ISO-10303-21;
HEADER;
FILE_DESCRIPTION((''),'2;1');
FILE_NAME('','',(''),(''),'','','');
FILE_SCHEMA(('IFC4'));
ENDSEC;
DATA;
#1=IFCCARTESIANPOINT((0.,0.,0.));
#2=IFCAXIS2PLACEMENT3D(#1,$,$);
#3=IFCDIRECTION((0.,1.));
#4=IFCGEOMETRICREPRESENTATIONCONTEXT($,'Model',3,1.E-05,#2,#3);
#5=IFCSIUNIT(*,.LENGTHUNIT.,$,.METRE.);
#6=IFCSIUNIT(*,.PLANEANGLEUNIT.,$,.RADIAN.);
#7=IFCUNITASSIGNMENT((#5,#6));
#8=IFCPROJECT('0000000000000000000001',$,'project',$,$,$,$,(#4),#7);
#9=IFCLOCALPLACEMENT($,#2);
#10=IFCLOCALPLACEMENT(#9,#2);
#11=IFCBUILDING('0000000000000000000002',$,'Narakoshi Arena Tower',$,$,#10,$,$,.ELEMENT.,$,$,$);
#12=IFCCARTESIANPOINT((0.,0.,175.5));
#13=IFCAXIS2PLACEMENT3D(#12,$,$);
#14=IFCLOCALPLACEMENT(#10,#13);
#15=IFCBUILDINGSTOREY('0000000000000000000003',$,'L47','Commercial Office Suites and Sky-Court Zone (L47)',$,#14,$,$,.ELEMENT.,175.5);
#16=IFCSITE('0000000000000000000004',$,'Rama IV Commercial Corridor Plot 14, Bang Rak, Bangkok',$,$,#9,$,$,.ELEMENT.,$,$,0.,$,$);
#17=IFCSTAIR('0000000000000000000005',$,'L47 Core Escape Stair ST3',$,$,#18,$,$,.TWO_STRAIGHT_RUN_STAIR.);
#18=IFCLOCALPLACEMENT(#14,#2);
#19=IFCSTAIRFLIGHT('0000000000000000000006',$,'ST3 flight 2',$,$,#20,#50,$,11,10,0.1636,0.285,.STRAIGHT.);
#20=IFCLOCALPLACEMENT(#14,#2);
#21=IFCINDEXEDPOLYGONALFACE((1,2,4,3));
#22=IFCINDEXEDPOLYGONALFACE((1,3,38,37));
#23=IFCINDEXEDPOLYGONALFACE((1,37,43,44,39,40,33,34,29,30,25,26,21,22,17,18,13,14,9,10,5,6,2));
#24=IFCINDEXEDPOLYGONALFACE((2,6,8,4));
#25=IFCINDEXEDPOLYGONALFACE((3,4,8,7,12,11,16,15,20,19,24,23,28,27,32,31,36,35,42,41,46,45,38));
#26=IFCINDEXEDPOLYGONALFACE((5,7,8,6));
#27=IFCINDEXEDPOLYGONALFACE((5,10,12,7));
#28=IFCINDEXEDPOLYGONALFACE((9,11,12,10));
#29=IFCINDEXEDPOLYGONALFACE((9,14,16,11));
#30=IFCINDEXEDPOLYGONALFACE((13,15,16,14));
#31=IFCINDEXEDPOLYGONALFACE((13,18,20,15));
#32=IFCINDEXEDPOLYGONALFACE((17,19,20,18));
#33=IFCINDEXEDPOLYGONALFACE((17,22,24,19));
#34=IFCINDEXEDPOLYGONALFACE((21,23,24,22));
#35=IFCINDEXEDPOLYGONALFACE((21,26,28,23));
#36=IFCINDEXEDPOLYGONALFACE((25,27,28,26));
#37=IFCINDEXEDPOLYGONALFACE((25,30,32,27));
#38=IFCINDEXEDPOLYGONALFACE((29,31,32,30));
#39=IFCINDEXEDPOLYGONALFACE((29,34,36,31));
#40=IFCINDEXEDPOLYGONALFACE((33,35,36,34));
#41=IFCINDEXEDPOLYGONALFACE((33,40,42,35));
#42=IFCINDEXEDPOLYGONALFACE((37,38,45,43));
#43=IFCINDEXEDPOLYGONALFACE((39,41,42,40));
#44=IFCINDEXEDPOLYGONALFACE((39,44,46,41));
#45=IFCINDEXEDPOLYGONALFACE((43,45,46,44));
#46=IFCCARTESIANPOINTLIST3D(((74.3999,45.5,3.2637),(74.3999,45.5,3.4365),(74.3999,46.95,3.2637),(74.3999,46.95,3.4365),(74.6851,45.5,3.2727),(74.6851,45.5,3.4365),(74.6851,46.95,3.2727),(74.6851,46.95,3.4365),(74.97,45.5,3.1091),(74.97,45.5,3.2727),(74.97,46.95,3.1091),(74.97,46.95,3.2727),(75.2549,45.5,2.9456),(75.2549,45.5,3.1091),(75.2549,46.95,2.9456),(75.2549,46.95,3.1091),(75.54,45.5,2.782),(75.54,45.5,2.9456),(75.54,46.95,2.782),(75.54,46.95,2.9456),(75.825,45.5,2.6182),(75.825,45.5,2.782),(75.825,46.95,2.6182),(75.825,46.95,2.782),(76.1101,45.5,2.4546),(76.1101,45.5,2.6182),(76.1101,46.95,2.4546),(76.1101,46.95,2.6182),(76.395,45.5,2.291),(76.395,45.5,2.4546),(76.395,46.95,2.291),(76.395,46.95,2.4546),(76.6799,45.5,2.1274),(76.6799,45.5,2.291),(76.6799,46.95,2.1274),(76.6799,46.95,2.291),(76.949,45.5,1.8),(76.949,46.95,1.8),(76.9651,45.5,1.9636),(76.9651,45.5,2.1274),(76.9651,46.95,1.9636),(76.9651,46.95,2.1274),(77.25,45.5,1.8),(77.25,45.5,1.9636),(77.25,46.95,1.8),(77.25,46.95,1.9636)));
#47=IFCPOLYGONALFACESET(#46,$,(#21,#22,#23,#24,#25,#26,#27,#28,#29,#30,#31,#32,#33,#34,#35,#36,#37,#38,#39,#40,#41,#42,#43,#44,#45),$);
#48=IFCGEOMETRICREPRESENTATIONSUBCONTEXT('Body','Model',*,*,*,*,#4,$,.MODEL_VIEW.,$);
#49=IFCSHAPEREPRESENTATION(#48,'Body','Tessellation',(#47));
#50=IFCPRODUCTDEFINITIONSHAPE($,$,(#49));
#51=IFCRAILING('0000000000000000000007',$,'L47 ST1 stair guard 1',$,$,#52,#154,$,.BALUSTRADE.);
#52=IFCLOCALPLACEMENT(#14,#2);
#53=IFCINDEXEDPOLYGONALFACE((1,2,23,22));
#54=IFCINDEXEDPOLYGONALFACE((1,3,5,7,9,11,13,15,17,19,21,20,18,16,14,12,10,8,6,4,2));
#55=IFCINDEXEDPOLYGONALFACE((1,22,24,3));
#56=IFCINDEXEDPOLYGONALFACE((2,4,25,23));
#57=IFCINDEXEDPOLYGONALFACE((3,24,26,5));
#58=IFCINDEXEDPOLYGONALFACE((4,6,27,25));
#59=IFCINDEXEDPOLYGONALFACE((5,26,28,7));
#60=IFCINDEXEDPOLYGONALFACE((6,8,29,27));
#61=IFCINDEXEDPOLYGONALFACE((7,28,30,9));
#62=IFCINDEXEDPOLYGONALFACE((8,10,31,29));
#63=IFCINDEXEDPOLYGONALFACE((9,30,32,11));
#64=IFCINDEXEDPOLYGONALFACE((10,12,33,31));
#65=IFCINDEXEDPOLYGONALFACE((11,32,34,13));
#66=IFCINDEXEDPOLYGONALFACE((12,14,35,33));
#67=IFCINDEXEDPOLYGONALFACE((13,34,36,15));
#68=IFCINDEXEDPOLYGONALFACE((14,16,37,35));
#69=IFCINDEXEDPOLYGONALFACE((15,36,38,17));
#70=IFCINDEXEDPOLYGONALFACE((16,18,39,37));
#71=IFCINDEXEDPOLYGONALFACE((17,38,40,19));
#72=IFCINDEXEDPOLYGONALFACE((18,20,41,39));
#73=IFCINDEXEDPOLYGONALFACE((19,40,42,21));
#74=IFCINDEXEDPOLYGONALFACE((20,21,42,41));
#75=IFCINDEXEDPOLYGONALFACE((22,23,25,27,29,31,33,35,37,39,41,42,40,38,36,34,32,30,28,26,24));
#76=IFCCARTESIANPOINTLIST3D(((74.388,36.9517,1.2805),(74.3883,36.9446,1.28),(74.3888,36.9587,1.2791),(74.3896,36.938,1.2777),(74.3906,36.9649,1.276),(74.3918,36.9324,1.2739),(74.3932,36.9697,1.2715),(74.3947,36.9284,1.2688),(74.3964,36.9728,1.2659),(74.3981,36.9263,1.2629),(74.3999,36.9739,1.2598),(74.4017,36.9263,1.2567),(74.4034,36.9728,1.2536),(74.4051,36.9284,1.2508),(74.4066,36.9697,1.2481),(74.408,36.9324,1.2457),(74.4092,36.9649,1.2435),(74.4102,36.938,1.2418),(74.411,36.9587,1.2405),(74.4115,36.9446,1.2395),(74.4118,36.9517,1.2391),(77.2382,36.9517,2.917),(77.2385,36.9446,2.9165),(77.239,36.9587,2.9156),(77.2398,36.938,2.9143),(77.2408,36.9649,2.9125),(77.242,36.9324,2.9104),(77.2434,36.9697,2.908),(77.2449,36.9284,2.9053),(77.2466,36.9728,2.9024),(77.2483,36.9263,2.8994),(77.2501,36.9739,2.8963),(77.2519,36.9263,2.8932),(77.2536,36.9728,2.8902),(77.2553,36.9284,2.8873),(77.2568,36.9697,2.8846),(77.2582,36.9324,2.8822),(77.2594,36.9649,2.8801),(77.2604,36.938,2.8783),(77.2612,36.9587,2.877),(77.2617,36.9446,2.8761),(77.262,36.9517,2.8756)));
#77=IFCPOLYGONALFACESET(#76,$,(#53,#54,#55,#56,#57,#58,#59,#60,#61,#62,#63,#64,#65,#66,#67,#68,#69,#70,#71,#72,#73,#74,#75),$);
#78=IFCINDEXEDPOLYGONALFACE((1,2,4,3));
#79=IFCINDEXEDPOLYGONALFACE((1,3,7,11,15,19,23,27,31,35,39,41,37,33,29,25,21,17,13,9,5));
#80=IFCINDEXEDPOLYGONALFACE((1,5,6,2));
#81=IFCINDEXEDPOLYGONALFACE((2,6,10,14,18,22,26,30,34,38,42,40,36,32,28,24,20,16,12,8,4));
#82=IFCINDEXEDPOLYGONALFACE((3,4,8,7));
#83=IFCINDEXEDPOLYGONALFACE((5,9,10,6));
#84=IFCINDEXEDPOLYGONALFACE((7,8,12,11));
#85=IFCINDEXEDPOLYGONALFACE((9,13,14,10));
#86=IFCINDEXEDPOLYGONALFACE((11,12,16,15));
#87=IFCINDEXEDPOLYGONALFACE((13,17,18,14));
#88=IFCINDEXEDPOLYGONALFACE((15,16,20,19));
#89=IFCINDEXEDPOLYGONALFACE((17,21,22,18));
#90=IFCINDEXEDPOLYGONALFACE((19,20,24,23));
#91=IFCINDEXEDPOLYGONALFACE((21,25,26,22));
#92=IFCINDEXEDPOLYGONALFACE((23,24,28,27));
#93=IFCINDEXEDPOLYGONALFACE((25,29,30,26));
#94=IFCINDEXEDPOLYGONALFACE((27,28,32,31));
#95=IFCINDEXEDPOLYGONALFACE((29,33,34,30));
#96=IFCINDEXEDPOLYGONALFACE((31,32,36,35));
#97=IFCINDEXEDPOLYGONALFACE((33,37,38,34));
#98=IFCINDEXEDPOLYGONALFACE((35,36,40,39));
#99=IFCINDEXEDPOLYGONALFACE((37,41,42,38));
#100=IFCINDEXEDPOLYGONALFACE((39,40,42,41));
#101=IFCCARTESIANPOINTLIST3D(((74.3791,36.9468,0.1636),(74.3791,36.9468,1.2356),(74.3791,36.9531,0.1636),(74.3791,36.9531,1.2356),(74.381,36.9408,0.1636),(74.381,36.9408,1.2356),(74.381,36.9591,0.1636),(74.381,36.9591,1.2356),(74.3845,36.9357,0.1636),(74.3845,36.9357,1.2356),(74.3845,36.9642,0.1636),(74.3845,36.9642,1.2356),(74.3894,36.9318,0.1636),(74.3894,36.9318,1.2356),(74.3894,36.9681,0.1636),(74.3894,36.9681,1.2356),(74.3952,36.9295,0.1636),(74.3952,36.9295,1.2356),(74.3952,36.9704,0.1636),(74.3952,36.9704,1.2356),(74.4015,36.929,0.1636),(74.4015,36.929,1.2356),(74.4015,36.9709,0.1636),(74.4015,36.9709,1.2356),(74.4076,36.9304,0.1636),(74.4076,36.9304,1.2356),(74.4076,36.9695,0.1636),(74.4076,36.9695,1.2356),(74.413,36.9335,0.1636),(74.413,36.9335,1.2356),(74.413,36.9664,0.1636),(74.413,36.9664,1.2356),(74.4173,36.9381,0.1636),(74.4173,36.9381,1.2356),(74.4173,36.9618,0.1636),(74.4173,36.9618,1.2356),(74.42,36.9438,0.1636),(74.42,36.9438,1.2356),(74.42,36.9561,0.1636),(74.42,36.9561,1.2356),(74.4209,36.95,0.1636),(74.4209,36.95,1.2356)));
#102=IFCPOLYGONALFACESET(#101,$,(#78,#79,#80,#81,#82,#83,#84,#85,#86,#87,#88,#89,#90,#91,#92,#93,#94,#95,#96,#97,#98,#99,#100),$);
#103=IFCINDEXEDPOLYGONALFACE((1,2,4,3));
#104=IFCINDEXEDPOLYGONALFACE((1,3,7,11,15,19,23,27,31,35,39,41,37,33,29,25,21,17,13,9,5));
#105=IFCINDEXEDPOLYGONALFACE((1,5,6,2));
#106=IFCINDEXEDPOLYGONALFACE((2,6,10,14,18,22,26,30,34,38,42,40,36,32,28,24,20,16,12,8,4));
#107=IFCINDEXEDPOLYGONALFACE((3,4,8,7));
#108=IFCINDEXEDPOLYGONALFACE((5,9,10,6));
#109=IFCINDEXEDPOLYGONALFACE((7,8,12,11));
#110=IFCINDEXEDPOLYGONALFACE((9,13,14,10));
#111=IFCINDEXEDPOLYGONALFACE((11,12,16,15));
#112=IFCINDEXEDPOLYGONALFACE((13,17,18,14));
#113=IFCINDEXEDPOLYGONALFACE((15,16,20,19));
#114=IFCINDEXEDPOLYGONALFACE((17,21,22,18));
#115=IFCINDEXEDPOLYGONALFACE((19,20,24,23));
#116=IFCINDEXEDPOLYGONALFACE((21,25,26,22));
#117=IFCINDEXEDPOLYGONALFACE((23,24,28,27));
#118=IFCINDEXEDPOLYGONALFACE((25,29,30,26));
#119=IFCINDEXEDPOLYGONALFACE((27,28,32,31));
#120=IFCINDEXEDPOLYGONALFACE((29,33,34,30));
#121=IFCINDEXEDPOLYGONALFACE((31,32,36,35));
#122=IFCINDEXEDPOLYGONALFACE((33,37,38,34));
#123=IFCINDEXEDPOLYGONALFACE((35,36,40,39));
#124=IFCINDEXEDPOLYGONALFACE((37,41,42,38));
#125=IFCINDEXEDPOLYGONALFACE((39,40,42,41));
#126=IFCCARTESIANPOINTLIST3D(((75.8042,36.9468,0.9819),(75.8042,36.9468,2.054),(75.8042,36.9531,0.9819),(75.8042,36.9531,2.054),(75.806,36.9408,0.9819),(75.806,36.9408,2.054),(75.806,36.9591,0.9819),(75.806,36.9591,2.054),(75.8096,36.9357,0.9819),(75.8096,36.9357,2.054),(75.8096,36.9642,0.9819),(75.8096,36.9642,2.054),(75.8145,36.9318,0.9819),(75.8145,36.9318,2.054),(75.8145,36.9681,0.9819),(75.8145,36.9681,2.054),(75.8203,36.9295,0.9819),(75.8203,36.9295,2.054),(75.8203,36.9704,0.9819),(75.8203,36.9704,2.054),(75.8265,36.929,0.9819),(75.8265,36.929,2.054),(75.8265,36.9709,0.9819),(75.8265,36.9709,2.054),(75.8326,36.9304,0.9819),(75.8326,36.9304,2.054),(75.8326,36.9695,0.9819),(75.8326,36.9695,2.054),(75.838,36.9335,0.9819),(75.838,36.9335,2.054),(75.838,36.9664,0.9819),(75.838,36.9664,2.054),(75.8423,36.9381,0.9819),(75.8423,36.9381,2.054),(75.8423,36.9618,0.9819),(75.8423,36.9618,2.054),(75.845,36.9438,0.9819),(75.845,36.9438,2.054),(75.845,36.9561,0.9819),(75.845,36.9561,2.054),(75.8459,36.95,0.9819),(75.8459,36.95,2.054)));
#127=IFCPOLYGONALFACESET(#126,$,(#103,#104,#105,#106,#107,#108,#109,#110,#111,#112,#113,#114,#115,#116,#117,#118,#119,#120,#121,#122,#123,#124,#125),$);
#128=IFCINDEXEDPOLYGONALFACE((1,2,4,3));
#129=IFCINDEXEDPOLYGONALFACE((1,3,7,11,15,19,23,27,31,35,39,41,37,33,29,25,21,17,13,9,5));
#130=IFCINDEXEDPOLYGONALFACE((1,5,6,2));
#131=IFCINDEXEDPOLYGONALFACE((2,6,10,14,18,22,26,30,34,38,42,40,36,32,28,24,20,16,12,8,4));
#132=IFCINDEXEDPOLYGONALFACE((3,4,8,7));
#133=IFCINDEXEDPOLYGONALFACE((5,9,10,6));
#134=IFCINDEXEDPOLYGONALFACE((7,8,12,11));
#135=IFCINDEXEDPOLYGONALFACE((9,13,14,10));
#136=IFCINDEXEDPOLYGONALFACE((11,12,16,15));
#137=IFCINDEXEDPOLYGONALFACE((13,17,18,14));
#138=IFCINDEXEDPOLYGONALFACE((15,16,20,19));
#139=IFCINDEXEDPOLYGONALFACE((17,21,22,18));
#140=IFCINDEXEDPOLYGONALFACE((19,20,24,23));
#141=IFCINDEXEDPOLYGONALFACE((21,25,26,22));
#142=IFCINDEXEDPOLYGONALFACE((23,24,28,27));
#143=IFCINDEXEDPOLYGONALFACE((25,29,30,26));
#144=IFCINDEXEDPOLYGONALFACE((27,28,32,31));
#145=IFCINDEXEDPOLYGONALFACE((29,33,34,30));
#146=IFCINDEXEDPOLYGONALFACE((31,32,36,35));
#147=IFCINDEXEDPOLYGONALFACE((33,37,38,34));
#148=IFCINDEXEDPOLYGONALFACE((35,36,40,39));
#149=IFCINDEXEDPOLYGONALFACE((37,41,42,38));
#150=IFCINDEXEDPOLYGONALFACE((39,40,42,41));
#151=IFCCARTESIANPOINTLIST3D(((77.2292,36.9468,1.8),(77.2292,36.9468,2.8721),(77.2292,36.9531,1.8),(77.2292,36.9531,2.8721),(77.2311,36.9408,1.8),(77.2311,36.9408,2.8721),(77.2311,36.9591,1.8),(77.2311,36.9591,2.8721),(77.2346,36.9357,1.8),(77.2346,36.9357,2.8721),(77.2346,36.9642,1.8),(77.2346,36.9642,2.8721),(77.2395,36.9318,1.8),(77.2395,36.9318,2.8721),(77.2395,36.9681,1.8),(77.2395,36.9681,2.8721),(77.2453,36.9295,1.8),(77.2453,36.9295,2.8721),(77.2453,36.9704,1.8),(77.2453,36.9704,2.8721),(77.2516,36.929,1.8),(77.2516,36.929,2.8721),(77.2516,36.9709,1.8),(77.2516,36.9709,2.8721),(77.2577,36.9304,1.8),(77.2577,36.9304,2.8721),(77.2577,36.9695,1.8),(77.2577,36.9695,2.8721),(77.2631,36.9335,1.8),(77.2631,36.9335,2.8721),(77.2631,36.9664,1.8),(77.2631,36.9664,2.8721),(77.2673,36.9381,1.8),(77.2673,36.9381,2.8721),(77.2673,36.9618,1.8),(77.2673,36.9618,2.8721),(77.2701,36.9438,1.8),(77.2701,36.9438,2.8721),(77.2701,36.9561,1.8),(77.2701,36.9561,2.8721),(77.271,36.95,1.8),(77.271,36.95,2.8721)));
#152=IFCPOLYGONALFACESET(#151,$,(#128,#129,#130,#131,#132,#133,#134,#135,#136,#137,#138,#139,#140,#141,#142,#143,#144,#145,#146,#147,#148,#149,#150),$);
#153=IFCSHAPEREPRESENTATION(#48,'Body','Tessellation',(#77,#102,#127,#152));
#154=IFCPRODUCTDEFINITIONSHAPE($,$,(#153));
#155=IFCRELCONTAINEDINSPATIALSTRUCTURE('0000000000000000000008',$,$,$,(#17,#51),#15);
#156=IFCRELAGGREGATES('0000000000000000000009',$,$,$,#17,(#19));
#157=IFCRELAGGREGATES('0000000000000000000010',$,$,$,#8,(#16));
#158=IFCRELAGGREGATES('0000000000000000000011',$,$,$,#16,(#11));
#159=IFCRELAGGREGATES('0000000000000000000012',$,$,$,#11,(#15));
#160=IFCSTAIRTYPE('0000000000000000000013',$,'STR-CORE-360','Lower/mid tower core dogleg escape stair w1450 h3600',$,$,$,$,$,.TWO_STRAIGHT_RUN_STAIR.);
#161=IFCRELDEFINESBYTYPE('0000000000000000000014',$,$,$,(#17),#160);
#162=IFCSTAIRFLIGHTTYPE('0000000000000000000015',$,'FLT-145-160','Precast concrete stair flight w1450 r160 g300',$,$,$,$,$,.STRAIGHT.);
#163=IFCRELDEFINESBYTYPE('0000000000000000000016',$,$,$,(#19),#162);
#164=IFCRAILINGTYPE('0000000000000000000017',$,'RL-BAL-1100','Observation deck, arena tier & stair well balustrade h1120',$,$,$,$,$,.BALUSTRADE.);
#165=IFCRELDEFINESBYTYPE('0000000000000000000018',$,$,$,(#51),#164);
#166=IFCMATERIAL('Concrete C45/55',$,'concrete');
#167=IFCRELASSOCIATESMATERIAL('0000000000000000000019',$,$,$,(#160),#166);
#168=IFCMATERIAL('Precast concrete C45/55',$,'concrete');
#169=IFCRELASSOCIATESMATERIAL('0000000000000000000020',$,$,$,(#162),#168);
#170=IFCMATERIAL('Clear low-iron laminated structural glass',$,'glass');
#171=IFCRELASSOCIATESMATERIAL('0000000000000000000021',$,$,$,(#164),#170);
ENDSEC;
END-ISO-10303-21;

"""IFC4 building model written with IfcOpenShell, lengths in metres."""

from ifc_helpers import new_model, si_unit, direction, frame, origin, origin_2d, place, context, subcontext, project, spatial, polyline, circle, outline, extrude, material, type_object, element, aggregate, save


model = new_model("IFC4")

# Units and contexts
model_context = context("Model", 3, precision=1e-05, world=origin(), true_north=direction((0.0, 1.0)))
body_context = subcontext(model_context, "Body", "Model", "MODEL_VIEW")
ifc_project = project(units=[si_unit("LENGTHUNIT", "METRE"), si_unit("PLANEANGLEUNIT", "RADIAN")], contexts=[model_context])

# Site, building, storey
site_placement = place(None, origin())
site = spatial("IfcSite", under=ifc_project, at=site_placement, Name="Rama IV Commercial Corridor Plot 14, Bang Rak, Bangkok", CompositionType="ELEMENT", RefElevation=0.0)
building_placement = place(site_placement, origin())
building = spatial("IfcBuilding", under=site, at=building_placement, Name="Narakoshi Arena Tower", CompositionType="ELEMENT")
storey_placement = place(building_placement, frame((0.0, 0.0, 175.5)))
storey = spatial("IfcBuildingStorey", under=building, at=storey_placement, Name="L47", Description="Commercial Office Suites and Sky-Court Zone (L47)", CompositionType="ELEMENT", Elevation=175.5)

# Shared definitions
ifc_material_1 = material(Name="Precast concrete C45/55", Category="concrete")

# Stair, stair flight
ifc_material_2 = material(Name="Concrete C45/55", Category="concrete")
stair_type = type_object("IfcStairType", Name="STR-CORE-360", Description="Lower/mid tower core dogleg escape stair w1450 h3600", PredefinedType="TWO_STRAIGHT_RUN_STAIR", material=ifc_material_2)
stair_flight_type = type_object("IfcStairFlightType", Name="FLT-145-160", Description="Precast concrete stair flight w1450 r160 g300", PredefinedType="STRAIGHT", material=ifc_material_1)
stair_1_placement = place(storey_placement, origin())
stair_1 = element("IfcStair", 1, at=stair_1_placement, inside=storey, type_object=stair_type, Name="L47 Core Escape Stair ST3", PredefinedType="TWO_STRAIGHT_RUN_STAIR")
stair_flight_1_placement = place(storey_placement, frame((77.25, 46.2251, 1.8), z_axis=(0.0, 0.0, 1.0), x_axis=(-1.0, 0.0, 0.0)))
stair_flight_1 = element("IfcStairFlight", 2, at=stair_flight_1_placement, type_object=stair_flight_type, Name="ST3 flight 2", NumberOfRisers=11, NumberOfTreads=10, PredefinedType="STRAIGHT", RiserHeight=0.1636, TreadLength=0.285, context=body_context, shape_type="SweptSolid", body=[
    extrude(outline(polyline([(0.0, 0.0), (0.0, 0.1636), (0.2849, 0.1636), (0.2849, 0.3274), (0.5701, 0.3274), (0.5701, 0.491), (0.855, 0.491), (0.855, 0.6545), (1.1399, 0.6545), (1.1399, 0.8181), (1.425, 0.8181), (1.425, 0.9819), (1.71, 0.9819), (1.71, 1.1455), (1.9951, 1.1455), (1.9951, 1.3091), (2.28, 1.3091), (2.28, 1.4727), (2.5649, 1.4727), (2.5649, 1.6365), (2.8501, 1.6365), (2.8501, 1.8), (2.8501, 1.4636), (0.301, 0.0), (0.0, 0.0)])), frame((0.0, 0.7251, 0.0), z_axis=(0.0, -1.0, 0.0), x_axis=(1.0, 0.0, 0.0)), (0.0, 0.0, 1.0), 1.45),
])
aggregate(stair_1, [stair_flight_1])

# Railing
ifc_material_3 = material(Name="Clear low-iron laminated structural glass", Category="glass")
railing_type_1 = type_object("IfcRailingType", Name="RL-BAL-1100", Description="Observation deck, arena tier & stair well balustrade h1120", PredefinedType="BALUSTRADE", material=ifc_material_3)
railing_1_placement = place(storey_placement, frame((74.3999, 36.95, 0.1636)))
element("IfcRailing", 3, at=railing_1_placement, inside=storey, type_object=railing_type_1, Name="L47 ST1 stair guard 1", PredefinedType="BALUSTRADE", context=body_context, shape_type="SweptSolid", body=[
    extrude(circle(Radius=0.0239, at=origin_2d()), frame((0.0, 0.0, 1.0962), z_axis=(0.867213, 0.0, 0.497938), x_axis=(0.0, 1.0, 0.0)), (0.0, 0.0, 1.0), 3.2866),
    extrude(circle(Radius=0.021, at=origin_2d()), origin(), (0.0, 0.0, 1.0), 1.072),
    extrude(circle(Radius=0.021, at=origin_2d()), frame((1.425, 0.0, 0.8184)), (0.0, 0.0, 1.0), 1.072),
    extrude(circle(Radius=0.021, at=origin_2d()), frame((2.8501, 0.0, 1.6365)), (0.0, 0.0, 1.0), 1.072),
])

save(model, "model.ifc")
